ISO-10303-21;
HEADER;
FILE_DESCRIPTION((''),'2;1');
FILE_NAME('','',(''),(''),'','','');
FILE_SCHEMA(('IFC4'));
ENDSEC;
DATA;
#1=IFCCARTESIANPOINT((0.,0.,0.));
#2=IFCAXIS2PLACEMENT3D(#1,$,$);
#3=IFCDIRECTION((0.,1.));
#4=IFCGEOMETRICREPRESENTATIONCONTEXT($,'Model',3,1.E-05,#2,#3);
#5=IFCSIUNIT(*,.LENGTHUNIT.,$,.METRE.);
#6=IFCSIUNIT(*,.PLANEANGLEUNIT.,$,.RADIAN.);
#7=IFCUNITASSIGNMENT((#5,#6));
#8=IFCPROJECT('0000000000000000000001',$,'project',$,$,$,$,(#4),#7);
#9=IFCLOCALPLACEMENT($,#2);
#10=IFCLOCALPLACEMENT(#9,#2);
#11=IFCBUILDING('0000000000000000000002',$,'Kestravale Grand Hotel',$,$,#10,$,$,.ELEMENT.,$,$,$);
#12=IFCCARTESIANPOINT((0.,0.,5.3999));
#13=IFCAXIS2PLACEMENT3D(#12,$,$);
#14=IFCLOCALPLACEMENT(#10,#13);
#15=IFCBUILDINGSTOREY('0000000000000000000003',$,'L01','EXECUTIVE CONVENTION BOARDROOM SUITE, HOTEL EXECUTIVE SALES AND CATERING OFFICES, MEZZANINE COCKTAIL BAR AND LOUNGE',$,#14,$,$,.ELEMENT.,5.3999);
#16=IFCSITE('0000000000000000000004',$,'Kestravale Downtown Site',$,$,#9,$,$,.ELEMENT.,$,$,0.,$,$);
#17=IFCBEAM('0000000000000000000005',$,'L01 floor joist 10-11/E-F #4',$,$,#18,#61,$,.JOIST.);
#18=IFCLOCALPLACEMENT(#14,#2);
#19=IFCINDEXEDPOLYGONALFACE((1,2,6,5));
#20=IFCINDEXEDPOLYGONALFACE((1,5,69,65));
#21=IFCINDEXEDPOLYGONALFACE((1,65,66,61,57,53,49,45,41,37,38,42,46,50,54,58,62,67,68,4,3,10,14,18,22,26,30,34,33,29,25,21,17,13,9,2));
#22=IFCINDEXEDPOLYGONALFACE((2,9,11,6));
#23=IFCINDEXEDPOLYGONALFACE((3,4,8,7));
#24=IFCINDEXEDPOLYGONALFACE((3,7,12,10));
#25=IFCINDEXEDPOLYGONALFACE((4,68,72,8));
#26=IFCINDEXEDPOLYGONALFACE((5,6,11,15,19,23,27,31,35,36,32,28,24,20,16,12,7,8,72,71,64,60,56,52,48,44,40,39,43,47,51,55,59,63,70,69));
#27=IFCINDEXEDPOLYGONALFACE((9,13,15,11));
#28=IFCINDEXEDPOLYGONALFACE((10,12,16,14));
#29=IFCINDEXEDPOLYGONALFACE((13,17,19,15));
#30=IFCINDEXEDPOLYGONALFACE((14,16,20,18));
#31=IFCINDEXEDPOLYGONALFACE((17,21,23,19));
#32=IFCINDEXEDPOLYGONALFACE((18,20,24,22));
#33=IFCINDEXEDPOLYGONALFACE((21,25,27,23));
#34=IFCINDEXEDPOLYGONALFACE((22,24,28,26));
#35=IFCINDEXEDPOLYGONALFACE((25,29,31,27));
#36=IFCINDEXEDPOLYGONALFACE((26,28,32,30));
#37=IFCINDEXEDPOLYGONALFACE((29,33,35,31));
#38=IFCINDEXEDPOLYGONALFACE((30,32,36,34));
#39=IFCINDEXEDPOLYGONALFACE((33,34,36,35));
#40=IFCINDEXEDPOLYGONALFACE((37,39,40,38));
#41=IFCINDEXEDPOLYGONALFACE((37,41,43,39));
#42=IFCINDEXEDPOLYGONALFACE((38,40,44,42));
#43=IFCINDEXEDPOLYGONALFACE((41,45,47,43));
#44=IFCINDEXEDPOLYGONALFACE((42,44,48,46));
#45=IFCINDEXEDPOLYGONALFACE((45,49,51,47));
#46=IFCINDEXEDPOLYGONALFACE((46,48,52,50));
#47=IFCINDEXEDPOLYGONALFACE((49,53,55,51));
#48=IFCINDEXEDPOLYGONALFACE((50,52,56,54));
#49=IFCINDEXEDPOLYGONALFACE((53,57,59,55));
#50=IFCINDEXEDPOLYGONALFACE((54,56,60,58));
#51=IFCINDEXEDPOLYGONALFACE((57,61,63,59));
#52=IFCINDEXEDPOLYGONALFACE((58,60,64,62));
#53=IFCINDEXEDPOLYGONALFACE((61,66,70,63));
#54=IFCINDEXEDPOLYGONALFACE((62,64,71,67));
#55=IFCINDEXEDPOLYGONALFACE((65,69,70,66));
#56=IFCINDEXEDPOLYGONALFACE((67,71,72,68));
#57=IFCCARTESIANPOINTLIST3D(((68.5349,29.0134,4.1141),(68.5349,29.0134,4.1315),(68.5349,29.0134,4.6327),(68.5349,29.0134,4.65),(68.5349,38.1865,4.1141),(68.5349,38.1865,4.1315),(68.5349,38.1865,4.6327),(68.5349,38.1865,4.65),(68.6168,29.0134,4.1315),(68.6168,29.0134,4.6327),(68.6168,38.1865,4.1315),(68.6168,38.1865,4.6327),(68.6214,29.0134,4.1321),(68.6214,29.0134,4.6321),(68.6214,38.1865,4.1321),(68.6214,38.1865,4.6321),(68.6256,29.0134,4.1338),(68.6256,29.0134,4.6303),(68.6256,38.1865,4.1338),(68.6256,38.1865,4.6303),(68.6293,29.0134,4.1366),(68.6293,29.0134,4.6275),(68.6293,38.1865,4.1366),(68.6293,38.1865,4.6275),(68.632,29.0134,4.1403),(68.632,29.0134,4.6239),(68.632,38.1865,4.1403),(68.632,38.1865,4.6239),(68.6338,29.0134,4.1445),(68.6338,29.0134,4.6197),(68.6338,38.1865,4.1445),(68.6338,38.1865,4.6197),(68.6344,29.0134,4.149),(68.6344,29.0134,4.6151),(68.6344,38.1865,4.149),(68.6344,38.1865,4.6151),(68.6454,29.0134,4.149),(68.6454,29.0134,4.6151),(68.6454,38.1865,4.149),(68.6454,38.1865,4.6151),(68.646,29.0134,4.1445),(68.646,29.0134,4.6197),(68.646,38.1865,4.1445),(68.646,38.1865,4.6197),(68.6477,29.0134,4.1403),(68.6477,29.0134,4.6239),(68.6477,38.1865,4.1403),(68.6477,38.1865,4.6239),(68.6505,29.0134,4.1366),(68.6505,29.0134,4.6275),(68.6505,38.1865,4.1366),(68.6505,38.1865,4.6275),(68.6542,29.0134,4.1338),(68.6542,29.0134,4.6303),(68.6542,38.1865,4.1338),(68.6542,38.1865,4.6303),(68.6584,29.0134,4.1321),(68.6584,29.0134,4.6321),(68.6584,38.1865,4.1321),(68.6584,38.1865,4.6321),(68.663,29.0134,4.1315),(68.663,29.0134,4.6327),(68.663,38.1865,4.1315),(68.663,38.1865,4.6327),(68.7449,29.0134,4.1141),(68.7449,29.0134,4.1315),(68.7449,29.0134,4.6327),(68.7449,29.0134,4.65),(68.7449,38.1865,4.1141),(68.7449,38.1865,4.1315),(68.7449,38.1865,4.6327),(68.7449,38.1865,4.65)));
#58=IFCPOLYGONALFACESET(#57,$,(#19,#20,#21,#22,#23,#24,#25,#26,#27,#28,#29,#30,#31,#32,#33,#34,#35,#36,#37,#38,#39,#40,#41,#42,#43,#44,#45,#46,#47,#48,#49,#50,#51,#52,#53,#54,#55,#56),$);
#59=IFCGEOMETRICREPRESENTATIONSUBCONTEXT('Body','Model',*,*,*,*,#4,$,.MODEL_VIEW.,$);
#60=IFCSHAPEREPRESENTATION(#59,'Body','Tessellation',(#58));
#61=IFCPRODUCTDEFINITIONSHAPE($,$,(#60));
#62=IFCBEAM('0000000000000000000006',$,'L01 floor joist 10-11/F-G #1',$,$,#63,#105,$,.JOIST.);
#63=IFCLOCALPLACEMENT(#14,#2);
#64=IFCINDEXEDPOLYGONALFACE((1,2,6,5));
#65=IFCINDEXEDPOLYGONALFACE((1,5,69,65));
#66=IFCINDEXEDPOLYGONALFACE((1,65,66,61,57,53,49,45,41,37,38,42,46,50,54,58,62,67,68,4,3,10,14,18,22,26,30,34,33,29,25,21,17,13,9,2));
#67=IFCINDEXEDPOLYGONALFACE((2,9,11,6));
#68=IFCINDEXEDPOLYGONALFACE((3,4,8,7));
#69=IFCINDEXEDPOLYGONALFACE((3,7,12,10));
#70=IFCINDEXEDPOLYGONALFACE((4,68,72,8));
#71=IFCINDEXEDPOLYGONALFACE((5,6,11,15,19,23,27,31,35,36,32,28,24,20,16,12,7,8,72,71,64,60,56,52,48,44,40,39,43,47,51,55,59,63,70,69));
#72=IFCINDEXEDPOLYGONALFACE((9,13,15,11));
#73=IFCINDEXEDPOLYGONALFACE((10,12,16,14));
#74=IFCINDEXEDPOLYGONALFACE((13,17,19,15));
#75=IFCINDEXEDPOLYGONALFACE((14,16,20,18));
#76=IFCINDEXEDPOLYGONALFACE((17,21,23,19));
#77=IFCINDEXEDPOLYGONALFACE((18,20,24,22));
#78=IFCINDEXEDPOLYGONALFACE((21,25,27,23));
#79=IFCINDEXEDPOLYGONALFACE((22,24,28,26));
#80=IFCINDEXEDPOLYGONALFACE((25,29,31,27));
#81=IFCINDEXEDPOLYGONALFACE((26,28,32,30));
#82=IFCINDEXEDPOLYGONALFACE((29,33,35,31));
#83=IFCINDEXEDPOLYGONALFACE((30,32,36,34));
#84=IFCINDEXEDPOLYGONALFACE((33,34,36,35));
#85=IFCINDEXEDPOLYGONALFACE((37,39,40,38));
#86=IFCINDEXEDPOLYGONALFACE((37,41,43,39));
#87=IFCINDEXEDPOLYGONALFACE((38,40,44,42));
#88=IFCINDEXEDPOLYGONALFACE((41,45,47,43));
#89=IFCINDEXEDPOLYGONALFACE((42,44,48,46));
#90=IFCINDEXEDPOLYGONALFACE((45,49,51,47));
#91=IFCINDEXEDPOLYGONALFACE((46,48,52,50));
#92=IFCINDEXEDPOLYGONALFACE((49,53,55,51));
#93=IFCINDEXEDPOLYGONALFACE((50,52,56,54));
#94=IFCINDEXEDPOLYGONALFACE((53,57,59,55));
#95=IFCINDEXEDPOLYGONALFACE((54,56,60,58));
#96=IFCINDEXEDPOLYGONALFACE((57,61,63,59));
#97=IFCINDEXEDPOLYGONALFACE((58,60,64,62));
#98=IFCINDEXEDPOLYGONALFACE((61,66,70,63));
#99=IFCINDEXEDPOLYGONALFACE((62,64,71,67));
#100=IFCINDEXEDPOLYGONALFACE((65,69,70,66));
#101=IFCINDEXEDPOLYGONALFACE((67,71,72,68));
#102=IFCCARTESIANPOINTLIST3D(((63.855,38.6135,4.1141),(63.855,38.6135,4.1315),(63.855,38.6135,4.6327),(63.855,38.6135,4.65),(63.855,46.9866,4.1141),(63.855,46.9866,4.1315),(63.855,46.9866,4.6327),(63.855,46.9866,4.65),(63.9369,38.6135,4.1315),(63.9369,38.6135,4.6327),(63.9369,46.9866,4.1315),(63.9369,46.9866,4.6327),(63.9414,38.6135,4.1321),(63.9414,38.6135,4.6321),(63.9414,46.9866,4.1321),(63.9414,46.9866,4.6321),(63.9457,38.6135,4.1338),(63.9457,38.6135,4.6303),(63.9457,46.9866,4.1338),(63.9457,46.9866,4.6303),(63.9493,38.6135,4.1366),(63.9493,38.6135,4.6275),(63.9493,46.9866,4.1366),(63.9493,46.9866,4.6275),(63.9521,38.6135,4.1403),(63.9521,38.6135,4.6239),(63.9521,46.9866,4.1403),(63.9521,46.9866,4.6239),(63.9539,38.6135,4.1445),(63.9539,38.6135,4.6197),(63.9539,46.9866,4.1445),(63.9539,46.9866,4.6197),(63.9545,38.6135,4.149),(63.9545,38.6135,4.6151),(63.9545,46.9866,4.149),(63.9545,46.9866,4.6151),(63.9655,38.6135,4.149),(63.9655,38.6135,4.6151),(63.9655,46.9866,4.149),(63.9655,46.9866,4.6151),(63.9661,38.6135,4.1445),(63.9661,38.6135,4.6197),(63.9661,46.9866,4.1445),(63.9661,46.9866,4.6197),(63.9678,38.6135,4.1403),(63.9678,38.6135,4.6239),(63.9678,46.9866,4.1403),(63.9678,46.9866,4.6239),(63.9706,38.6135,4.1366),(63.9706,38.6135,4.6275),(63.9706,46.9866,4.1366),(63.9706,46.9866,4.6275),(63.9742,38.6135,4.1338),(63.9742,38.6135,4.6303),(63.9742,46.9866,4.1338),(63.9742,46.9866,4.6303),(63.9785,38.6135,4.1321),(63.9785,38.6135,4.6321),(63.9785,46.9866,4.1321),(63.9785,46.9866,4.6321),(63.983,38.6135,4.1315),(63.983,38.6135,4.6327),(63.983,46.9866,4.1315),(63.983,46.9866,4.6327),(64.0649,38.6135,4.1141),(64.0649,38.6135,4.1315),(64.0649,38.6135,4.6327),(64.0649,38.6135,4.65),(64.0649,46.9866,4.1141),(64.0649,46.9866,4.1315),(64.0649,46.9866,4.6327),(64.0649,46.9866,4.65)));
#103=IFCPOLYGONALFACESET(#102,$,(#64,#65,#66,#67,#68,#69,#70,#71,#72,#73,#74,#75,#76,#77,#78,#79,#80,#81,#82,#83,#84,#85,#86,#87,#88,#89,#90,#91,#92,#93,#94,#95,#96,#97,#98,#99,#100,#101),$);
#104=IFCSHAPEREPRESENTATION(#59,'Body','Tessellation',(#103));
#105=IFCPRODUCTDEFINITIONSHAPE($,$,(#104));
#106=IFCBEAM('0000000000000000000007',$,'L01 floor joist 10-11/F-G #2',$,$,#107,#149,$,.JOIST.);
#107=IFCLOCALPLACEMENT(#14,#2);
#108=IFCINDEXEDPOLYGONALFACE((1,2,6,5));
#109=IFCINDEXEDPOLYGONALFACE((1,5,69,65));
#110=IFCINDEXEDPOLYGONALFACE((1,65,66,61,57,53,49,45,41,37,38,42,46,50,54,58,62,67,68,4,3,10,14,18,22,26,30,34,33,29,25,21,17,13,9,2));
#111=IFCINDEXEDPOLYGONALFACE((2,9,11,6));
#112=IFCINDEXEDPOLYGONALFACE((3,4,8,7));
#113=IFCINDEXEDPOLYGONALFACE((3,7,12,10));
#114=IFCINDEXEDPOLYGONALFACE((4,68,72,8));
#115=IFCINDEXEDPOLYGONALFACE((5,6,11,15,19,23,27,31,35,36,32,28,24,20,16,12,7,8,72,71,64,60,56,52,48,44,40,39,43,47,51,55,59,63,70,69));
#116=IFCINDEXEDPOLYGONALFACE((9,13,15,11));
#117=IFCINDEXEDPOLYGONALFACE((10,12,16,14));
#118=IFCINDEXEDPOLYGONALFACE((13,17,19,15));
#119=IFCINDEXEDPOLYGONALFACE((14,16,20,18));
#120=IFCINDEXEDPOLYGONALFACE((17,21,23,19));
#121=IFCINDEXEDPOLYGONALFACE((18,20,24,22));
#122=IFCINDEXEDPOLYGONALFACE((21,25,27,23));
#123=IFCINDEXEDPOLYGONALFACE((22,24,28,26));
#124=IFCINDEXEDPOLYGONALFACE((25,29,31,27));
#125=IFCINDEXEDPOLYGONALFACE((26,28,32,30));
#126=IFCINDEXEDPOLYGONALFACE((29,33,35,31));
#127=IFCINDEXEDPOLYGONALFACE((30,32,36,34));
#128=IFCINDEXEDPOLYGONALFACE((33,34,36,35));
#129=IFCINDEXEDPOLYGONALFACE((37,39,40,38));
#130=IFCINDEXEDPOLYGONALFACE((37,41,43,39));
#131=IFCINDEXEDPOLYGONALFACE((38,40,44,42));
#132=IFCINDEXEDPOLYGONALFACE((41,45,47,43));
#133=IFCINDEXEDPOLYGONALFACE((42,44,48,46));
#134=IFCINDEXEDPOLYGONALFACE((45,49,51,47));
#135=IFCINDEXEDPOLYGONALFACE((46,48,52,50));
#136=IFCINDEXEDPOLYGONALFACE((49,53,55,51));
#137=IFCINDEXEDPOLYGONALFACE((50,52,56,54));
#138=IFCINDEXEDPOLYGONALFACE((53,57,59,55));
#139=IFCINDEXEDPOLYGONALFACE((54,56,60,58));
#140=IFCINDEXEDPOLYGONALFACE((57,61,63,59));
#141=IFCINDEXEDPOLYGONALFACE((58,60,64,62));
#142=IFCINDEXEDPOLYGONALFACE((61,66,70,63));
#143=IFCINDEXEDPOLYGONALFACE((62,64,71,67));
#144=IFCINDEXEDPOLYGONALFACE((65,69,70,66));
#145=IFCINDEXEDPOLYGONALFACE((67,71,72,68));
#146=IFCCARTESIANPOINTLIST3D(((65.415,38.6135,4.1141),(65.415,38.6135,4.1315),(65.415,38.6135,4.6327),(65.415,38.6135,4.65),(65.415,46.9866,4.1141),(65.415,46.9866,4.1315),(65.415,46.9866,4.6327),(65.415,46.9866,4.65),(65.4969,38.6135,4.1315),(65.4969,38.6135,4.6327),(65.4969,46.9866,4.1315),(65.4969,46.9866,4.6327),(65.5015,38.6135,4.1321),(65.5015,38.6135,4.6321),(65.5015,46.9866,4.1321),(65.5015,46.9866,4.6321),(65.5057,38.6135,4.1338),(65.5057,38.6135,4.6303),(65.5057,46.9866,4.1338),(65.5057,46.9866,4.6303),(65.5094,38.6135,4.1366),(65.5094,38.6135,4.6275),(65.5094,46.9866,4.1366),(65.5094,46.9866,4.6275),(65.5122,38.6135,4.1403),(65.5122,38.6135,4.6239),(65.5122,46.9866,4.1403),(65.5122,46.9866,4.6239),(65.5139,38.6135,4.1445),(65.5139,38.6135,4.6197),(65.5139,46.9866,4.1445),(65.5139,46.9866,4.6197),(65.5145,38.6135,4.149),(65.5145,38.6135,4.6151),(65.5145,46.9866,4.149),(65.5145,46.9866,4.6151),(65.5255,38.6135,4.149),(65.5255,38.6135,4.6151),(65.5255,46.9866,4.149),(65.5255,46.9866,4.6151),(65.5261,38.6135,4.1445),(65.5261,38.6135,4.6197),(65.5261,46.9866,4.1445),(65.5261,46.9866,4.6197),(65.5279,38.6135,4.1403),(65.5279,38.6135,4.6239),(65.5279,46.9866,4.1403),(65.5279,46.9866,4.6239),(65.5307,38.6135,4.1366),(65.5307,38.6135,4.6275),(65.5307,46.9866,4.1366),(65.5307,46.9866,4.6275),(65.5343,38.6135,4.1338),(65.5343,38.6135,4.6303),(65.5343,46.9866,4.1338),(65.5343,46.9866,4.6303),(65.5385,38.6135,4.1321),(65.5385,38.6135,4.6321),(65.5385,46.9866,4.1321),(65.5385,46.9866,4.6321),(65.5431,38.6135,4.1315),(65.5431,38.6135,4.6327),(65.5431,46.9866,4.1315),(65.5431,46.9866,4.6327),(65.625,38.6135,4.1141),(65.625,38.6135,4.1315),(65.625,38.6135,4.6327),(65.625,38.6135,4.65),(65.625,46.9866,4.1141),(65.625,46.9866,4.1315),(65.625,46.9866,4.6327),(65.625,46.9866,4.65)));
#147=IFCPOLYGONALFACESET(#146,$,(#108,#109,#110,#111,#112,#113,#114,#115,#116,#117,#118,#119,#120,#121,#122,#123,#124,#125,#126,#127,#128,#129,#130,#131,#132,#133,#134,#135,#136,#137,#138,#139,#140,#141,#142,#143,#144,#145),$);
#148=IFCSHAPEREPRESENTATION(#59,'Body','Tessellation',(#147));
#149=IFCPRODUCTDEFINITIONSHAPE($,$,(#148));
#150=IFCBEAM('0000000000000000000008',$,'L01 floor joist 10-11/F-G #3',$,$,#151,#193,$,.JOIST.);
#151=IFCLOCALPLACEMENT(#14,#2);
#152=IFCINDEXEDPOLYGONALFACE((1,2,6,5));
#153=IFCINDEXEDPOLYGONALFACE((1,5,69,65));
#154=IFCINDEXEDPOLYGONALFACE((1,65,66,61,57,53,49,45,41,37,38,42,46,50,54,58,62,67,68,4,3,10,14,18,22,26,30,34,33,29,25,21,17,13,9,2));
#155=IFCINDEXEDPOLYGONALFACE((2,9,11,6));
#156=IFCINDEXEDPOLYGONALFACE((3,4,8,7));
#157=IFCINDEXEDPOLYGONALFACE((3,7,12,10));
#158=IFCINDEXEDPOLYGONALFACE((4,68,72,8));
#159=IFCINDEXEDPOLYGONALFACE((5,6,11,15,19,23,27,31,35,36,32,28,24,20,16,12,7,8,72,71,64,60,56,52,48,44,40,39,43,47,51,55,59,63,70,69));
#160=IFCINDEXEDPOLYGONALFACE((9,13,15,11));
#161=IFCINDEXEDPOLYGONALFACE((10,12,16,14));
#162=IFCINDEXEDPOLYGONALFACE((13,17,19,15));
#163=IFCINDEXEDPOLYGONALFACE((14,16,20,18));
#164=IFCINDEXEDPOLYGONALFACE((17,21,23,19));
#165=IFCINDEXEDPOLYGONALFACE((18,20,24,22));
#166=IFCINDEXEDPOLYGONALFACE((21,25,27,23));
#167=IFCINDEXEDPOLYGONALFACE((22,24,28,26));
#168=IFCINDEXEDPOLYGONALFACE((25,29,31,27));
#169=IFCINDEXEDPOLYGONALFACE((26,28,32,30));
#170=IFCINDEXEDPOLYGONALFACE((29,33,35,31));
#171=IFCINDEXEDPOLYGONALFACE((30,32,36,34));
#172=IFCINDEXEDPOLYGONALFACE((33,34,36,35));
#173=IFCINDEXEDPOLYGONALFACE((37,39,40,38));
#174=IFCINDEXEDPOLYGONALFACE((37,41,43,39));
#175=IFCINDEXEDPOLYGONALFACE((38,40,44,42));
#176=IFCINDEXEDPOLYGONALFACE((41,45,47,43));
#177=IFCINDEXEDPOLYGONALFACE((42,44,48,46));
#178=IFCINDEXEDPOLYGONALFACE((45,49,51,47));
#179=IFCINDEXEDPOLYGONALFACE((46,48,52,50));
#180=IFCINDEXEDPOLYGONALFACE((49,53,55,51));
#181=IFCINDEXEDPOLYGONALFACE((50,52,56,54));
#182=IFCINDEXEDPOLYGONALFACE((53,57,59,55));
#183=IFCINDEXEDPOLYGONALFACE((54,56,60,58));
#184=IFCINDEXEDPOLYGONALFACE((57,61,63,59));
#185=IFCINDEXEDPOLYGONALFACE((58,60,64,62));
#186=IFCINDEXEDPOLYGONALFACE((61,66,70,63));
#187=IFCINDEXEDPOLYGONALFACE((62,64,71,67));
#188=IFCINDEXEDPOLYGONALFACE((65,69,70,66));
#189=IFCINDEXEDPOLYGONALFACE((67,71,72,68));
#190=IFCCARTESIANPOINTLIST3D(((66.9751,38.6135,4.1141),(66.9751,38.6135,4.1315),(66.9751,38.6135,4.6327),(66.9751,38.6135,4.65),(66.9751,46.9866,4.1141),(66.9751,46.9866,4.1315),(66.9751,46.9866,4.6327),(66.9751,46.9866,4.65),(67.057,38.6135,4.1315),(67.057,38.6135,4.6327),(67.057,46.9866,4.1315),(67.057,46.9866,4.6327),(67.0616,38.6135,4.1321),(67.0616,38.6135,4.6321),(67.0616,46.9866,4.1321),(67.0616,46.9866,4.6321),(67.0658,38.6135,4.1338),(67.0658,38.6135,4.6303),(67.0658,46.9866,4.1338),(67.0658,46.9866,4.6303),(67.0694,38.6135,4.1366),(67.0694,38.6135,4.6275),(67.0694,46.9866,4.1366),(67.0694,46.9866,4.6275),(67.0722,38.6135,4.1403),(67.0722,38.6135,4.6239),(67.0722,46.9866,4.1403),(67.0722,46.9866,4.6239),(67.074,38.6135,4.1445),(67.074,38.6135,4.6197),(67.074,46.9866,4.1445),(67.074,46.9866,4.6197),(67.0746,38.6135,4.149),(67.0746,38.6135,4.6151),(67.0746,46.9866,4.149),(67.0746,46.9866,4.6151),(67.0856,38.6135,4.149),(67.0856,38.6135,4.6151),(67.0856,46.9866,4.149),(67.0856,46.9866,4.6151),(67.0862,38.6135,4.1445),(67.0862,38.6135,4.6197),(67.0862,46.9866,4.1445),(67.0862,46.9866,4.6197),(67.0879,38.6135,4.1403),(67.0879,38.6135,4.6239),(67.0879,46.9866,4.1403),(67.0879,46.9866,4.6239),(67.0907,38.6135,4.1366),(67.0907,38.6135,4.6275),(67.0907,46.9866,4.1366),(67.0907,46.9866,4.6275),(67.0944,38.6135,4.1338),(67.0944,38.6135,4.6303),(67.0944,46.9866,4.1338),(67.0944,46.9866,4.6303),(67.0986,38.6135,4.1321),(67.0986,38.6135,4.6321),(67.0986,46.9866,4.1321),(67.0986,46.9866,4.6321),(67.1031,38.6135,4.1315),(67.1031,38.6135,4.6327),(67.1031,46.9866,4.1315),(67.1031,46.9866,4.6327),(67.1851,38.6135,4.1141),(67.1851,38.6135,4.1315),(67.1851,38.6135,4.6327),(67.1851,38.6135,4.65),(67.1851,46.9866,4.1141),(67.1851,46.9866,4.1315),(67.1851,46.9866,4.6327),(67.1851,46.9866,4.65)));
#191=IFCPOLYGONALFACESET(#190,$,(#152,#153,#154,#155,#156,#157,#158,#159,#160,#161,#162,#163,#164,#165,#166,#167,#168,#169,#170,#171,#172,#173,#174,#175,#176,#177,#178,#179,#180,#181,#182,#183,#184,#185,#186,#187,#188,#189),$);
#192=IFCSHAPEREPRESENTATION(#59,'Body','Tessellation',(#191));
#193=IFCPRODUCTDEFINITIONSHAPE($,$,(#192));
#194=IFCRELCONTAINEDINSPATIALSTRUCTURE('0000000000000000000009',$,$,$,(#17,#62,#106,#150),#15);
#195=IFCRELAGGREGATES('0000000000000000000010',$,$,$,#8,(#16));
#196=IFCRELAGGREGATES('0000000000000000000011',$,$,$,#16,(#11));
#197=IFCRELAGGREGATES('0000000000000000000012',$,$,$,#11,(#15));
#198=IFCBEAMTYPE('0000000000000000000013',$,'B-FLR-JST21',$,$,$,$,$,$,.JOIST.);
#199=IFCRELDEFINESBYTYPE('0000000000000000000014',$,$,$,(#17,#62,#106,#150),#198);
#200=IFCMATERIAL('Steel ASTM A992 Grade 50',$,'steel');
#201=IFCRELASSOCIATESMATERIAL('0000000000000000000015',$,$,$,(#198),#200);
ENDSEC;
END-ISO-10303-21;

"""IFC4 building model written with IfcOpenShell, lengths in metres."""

from ifc_helpers import new_model, si_unit, direction, frame, origin, origin_2d, place, context, subcontext, project, spatial, i_section, extrude, material, material_profile, profile_set, type_object, element, save


model = new_model("IFC4")

# Units and contexts
model_context = context("Model", 3, precision=1e-05, world=origin(), true_north=direction((0.0, 1.0)))
body_context = subcontext(model_context, "Body", "Model", "MODEL_VIEW")
ifc_project = project(units=[si_unit("LENGTHUNIT", "METRE"), si_unit("PLANEANGLEUNIT", "RADIAN")], contexts=[model_context])

# Site, building, storey
site_placement = place(None, origin())
site = spatial("IfcSite", under=ifc_project, at=site_placement, Name="Kestravale Downtown Site", CompositionType="ELEMENT", RefElevation=0.0)
building_placement = place(site_placement, origin())
building = spatial("IfcBuilding", under=site, at=building_placement, Name="Kestravale Grand Hotel", CompositionType="ELEMENT")
storey_placement = place(building_placement, frame((0.0, 0.0, 5.3999)))
storey = spatial("IfcBuildingStorey", under=building, at=storey_placement, Name="L01", Description="EXECUTIVE CONVENTION BOARDROOM SUITE, HOTEL EXECUTIVE SALES AND CATERING OFFICES, MEZZANINE COCKTAIL BAR AND LOUNGE", CompositionType="ELEMENT", Elevation=5.3999)

# Beams
ifc_material_1 = material(Name="Steel ASTM A992 Grade 50", Category="steel")
ifc_material_profile_1 = material_profile(ifc_material_1, i_section(OverallWidth=0.21, OverallDepth=0.5359, WebThickness=0.011, FlangeThickness=0.0173, FilletRadius=0.0176, at=origin_2d()))
ifc_profile_set_1 = profile_set([ifc_material_profile_1], Name="Steel ASTM A992 Grade 50")
beam_type_1 = type_object("IfcBeamType", Name="B-FLR-JST21", PredefinedType="JOIST", material=ifc_profile_set_1)
for number, where, z_axis, x_axis, name in (
    (1, (68.6399, 29.0134, 4.3821), (0.0, 1.0, 0.0), (-1.0, 0.0, 0.0), "L01 floor joist 10-11/E-F #4"),
):
    element("IfcBeam", number, at=place(storey_placement, frame(where, z_axis=z_axis, x_axis=x_axis)), inside=storey, type_object=beam_type_1, Name=name, PredefinedType="JOIST", context=body_context, shape_type="SweptSolid", body=[
        extrude(i_section(OverallWidth=0.21, OverallDepth=0.5359, WebThickness=0.011, FlangeThickness=0.0173, FilletRadius=0.0176, at=origin_2d()), origin(), (0.0, 0.0, 1.0), 9.1731),
    ])
for number, where, z_axis, x_axis, name in (
    (2, (63.96, 38.6135, 4.3821), (0.0, 1.0, 0.0), (-1.0, 0.0, 0.0), "L01 floor joist 10-11/F-G #1"),
    (3, (65.52, 38.6135, 4.3821), (0.0, 1.0, 0.0), (-1.0, 0.0, 0.0), "L01 floor joist 10-11/F-G #2"),
    (4, (67.0801, 38.6135, 4.3821), (0.0, 1.0, 0.0), (-1.0, 0.0, 0.0), "L01 floor joist 10-11/F-G #3"),
):
    element("IfcBeam", number, at=place(storey_placement, frame(where, z_axis=z_axis, x_axis=x_axis)), inside=storey, type_object=beam_type_1, Name=name, PredefinedType="JOIST", context=body_context, shape_type="SweptSolid", body=[
        extrude(i_section(OverallWidth=0.21, OverallDepth=0.5359, WebThickness=0.011, FlangeThickness=0.0173, FilletRadius=0.0176, at=origin_2d()), origin(), (0.0, 0.0, 1.0), 8.373),
    ])

save(model, "model.ifc")
